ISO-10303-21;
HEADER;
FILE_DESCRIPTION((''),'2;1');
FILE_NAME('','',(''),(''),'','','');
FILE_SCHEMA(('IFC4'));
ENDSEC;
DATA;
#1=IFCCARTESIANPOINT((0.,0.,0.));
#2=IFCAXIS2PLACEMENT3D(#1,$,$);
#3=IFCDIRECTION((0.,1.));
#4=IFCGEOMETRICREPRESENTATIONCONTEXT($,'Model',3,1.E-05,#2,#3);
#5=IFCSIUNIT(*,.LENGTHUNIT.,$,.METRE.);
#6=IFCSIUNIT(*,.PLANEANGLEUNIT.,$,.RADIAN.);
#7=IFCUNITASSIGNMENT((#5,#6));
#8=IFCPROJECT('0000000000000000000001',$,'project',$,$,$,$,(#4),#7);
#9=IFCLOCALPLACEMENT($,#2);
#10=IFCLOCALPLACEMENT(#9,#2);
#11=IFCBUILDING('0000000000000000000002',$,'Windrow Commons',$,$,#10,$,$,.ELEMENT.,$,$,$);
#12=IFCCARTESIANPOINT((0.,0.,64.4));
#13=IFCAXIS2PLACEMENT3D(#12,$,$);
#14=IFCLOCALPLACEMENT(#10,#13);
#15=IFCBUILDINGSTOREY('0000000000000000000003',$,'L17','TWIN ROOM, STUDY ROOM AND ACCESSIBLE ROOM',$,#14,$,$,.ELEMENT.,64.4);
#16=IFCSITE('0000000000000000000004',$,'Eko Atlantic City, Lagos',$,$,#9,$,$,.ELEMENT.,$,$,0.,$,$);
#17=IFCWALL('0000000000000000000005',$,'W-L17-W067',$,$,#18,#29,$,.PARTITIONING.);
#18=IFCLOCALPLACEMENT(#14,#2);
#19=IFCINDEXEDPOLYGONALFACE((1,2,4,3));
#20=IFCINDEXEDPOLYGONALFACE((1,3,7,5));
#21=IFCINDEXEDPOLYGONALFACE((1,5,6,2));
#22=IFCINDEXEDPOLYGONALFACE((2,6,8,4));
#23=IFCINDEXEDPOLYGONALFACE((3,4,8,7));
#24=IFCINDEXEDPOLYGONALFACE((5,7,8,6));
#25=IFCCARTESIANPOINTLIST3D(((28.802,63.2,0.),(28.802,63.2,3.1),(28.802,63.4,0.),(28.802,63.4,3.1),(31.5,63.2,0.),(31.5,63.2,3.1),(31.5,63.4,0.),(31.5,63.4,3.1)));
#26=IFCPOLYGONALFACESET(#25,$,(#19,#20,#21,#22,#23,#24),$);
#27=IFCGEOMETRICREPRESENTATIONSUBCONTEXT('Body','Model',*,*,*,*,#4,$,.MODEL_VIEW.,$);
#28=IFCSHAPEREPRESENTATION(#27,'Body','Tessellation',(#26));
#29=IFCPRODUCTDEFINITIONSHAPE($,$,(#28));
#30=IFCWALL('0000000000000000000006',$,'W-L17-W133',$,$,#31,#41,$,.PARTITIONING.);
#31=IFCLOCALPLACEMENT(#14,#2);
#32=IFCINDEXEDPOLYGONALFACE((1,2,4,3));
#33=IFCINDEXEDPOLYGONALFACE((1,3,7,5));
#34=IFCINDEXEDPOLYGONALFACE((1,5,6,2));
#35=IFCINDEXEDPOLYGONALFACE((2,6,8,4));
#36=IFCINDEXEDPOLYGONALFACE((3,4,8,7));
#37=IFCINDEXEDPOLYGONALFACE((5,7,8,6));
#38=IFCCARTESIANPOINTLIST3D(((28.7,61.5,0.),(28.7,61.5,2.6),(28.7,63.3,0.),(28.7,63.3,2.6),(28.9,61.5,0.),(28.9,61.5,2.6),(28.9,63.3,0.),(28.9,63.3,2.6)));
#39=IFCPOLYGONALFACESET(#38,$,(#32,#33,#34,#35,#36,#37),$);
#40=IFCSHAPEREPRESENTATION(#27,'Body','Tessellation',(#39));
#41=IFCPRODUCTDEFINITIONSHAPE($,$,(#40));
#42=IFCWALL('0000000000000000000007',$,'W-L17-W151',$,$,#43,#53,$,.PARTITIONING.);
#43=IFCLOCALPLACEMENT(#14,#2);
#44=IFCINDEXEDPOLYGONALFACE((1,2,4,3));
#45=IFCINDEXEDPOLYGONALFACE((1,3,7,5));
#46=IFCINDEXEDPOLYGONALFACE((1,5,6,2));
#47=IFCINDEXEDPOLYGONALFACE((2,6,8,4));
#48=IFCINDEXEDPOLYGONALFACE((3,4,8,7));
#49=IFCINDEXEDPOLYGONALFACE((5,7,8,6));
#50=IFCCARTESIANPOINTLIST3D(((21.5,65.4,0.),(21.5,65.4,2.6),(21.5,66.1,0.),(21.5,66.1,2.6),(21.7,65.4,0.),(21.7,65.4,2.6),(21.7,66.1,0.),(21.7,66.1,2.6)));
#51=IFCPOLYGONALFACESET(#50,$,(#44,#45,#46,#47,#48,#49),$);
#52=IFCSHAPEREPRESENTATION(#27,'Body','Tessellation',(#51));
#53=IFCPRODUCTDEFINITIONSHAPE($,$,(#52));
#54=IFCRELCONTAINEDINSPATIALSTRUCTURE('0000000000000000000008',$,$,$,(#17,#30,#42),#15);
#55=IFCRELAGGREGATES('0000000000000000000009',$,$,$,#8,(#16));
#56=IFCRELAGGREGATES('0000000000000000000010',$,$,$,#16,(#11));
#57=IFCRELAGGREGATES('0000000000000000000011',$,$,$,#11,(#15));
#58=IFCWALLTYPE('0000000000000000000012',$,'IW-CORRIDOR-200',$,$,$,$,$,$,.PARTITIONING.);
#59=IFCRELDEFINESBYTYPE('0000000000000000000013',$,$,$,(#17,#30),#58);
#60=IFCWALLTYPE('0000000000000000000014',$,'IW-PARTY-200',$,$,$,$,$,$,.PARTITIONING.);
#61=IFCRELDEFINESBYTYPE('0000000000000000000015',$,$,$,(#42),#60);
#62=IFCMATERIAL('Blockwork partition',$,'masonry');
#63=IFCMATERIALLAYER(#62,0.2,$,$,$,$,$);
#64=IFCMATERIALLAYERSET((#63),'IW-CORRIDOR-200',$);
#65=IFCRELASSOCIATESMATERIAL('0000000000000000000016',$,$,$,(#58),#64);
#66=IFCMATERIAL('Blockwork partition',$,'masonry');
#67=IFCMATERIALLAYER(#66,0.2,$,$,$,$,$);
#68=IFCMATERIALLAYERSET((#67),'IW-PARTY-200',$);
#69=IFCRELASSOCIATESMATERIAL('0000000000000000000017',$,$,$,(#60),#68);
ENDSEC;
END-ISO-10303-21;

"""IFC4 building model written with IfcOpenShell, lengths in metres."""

from ifc_helpers import new_model, si_unit, direction, frame, frame_2d, origin, place, context, subcontext, project, spatial, rectangle, extrude, material, layer, layer_set, type_object, element, save


model = new_model("IFC4")

# Units and contexts
model_context = context("Model", 3, precision=1e-05, world=origin(), true_north=direction((0.0, 1.0)))
body_context = subcontext(model_context, "Body", "Model", "MODEL_VIEW")
ifc_project = project(units=[si_unit("LENGTHUNIT", "METRE"), si_unit("PLANEANGLEUNIT", "RADIAN")], contexts=[model_context])

# Site, building, storey
site_placement = place(None, origin())
site = spatial("IfcSite", under=ifc_project, at=site_placement, Name="Eko Atlantic City, Lagos", CompositionType="ELEMENT", RefElevation=0.0)
building_placement = place(site_placement, origin())
building = spatial("IfcBuilding", under=site, at=building_placement, Name="Windrow Commons", CompositionType="ELEMENT")
storey_placement = place(building_placement, frame((0.0, 0.0, 64.4)))
storey = spatial("IfcBuildingStorey", under=building, at=storey_placement, Name="L17", Description="TWIN ROOM, STUDY ROOM AND ACCESSIBLE ROOM", CompositionType="ELEMENT", Elevation=64.4)

# Shared definitions
ifc_material_1 = material(Name="Blockwork partition", Category="masonry")
ifc_layer_1 = layer(ifc_material_1, 0.2)
ifc_layer_set_1 = layer_set([ifc_layer_1], Name="IW-CORRIDOR-200")
wall_type_1 = type_object("IfcWallType", Name="IW-CORRIDOR-200", PredefinedType="PARTITIONING", material=ifc_layer_set_1)

# Walls
wall_1_placement = place(storey_placement, frame((28.802, 63.3, 0.0), z_axis=(0.0, 0.0, 1.0), x_axis=(1.0, 0.0, 0.0)))
element("IfcWall", 1, at=wall_1_placement, inside=storey, type_object=wall_type_1, Name="W-L17-W067", PredefinedType="PARTITIONING", context=body_context, shape_type="SweptSolid", body=[
    extrude(rectangle(XDim=2.698, YDim=0.2, at=frame_2d((1.349, 0.0))), origin(), (0.0, 0.0, 1.0), 3.1),
])
wall_2_placement = place(storey_placement, frame((28.8, 61.5, 0.0), z_axis=(0.0, 0.0, 1.0), x_axis=(0.0, 1.0, 0.0)))
element("IfcWall", 2, at=wall_2_placement, inside=storey, type_object=wall_type_1, Name="W-L17-W133", PredefinedType="PARTITIONING", context=body_context, shape_type="SweptSolid", body=[
    extrude(rectangle(XDim=1.8, YDim=0.2, at=frame_2d((0.9, 0.0))), origin(), (0.0, 0.0, 1.0), 2.6),
])
ifc_material_2 = material(Name="Blockwork partition", Category="masonry")
ifc_layer_2 = layer(ifc_material_2, 0.2)
ifc_layer_set_2 = layer_set([ifc_layer_2], Name="IW-PARTY-200")
wall_type_2 = type_object("IfcWallType", Name="IW-PARTY-200", PredefinedType="PARTITIONING", material=ifc_layer_set_2)
wall_3_placement = place(storey_placement, frame((21.6, 65.4, 0.0), z_axis=(0.0, 0.0, 1.0), x_axis=(0.0, 1.0, 0.0)))
element("IfcWall", 3, at=wall_3_placement, inside=storey, type_object=wall_type_2, Name="W-L17-W151", PredefinedType="PARTITIONING", context=body_context, shape_type="SweptSolid", body=[
    extrude(rectangle(XDim=0.7, YDim=0.2, at=frame_2d((0.35, 0.0))), origin(), (0.0, 0.0, 1.0), 2.6),
])

save(model, "model.ifc")
